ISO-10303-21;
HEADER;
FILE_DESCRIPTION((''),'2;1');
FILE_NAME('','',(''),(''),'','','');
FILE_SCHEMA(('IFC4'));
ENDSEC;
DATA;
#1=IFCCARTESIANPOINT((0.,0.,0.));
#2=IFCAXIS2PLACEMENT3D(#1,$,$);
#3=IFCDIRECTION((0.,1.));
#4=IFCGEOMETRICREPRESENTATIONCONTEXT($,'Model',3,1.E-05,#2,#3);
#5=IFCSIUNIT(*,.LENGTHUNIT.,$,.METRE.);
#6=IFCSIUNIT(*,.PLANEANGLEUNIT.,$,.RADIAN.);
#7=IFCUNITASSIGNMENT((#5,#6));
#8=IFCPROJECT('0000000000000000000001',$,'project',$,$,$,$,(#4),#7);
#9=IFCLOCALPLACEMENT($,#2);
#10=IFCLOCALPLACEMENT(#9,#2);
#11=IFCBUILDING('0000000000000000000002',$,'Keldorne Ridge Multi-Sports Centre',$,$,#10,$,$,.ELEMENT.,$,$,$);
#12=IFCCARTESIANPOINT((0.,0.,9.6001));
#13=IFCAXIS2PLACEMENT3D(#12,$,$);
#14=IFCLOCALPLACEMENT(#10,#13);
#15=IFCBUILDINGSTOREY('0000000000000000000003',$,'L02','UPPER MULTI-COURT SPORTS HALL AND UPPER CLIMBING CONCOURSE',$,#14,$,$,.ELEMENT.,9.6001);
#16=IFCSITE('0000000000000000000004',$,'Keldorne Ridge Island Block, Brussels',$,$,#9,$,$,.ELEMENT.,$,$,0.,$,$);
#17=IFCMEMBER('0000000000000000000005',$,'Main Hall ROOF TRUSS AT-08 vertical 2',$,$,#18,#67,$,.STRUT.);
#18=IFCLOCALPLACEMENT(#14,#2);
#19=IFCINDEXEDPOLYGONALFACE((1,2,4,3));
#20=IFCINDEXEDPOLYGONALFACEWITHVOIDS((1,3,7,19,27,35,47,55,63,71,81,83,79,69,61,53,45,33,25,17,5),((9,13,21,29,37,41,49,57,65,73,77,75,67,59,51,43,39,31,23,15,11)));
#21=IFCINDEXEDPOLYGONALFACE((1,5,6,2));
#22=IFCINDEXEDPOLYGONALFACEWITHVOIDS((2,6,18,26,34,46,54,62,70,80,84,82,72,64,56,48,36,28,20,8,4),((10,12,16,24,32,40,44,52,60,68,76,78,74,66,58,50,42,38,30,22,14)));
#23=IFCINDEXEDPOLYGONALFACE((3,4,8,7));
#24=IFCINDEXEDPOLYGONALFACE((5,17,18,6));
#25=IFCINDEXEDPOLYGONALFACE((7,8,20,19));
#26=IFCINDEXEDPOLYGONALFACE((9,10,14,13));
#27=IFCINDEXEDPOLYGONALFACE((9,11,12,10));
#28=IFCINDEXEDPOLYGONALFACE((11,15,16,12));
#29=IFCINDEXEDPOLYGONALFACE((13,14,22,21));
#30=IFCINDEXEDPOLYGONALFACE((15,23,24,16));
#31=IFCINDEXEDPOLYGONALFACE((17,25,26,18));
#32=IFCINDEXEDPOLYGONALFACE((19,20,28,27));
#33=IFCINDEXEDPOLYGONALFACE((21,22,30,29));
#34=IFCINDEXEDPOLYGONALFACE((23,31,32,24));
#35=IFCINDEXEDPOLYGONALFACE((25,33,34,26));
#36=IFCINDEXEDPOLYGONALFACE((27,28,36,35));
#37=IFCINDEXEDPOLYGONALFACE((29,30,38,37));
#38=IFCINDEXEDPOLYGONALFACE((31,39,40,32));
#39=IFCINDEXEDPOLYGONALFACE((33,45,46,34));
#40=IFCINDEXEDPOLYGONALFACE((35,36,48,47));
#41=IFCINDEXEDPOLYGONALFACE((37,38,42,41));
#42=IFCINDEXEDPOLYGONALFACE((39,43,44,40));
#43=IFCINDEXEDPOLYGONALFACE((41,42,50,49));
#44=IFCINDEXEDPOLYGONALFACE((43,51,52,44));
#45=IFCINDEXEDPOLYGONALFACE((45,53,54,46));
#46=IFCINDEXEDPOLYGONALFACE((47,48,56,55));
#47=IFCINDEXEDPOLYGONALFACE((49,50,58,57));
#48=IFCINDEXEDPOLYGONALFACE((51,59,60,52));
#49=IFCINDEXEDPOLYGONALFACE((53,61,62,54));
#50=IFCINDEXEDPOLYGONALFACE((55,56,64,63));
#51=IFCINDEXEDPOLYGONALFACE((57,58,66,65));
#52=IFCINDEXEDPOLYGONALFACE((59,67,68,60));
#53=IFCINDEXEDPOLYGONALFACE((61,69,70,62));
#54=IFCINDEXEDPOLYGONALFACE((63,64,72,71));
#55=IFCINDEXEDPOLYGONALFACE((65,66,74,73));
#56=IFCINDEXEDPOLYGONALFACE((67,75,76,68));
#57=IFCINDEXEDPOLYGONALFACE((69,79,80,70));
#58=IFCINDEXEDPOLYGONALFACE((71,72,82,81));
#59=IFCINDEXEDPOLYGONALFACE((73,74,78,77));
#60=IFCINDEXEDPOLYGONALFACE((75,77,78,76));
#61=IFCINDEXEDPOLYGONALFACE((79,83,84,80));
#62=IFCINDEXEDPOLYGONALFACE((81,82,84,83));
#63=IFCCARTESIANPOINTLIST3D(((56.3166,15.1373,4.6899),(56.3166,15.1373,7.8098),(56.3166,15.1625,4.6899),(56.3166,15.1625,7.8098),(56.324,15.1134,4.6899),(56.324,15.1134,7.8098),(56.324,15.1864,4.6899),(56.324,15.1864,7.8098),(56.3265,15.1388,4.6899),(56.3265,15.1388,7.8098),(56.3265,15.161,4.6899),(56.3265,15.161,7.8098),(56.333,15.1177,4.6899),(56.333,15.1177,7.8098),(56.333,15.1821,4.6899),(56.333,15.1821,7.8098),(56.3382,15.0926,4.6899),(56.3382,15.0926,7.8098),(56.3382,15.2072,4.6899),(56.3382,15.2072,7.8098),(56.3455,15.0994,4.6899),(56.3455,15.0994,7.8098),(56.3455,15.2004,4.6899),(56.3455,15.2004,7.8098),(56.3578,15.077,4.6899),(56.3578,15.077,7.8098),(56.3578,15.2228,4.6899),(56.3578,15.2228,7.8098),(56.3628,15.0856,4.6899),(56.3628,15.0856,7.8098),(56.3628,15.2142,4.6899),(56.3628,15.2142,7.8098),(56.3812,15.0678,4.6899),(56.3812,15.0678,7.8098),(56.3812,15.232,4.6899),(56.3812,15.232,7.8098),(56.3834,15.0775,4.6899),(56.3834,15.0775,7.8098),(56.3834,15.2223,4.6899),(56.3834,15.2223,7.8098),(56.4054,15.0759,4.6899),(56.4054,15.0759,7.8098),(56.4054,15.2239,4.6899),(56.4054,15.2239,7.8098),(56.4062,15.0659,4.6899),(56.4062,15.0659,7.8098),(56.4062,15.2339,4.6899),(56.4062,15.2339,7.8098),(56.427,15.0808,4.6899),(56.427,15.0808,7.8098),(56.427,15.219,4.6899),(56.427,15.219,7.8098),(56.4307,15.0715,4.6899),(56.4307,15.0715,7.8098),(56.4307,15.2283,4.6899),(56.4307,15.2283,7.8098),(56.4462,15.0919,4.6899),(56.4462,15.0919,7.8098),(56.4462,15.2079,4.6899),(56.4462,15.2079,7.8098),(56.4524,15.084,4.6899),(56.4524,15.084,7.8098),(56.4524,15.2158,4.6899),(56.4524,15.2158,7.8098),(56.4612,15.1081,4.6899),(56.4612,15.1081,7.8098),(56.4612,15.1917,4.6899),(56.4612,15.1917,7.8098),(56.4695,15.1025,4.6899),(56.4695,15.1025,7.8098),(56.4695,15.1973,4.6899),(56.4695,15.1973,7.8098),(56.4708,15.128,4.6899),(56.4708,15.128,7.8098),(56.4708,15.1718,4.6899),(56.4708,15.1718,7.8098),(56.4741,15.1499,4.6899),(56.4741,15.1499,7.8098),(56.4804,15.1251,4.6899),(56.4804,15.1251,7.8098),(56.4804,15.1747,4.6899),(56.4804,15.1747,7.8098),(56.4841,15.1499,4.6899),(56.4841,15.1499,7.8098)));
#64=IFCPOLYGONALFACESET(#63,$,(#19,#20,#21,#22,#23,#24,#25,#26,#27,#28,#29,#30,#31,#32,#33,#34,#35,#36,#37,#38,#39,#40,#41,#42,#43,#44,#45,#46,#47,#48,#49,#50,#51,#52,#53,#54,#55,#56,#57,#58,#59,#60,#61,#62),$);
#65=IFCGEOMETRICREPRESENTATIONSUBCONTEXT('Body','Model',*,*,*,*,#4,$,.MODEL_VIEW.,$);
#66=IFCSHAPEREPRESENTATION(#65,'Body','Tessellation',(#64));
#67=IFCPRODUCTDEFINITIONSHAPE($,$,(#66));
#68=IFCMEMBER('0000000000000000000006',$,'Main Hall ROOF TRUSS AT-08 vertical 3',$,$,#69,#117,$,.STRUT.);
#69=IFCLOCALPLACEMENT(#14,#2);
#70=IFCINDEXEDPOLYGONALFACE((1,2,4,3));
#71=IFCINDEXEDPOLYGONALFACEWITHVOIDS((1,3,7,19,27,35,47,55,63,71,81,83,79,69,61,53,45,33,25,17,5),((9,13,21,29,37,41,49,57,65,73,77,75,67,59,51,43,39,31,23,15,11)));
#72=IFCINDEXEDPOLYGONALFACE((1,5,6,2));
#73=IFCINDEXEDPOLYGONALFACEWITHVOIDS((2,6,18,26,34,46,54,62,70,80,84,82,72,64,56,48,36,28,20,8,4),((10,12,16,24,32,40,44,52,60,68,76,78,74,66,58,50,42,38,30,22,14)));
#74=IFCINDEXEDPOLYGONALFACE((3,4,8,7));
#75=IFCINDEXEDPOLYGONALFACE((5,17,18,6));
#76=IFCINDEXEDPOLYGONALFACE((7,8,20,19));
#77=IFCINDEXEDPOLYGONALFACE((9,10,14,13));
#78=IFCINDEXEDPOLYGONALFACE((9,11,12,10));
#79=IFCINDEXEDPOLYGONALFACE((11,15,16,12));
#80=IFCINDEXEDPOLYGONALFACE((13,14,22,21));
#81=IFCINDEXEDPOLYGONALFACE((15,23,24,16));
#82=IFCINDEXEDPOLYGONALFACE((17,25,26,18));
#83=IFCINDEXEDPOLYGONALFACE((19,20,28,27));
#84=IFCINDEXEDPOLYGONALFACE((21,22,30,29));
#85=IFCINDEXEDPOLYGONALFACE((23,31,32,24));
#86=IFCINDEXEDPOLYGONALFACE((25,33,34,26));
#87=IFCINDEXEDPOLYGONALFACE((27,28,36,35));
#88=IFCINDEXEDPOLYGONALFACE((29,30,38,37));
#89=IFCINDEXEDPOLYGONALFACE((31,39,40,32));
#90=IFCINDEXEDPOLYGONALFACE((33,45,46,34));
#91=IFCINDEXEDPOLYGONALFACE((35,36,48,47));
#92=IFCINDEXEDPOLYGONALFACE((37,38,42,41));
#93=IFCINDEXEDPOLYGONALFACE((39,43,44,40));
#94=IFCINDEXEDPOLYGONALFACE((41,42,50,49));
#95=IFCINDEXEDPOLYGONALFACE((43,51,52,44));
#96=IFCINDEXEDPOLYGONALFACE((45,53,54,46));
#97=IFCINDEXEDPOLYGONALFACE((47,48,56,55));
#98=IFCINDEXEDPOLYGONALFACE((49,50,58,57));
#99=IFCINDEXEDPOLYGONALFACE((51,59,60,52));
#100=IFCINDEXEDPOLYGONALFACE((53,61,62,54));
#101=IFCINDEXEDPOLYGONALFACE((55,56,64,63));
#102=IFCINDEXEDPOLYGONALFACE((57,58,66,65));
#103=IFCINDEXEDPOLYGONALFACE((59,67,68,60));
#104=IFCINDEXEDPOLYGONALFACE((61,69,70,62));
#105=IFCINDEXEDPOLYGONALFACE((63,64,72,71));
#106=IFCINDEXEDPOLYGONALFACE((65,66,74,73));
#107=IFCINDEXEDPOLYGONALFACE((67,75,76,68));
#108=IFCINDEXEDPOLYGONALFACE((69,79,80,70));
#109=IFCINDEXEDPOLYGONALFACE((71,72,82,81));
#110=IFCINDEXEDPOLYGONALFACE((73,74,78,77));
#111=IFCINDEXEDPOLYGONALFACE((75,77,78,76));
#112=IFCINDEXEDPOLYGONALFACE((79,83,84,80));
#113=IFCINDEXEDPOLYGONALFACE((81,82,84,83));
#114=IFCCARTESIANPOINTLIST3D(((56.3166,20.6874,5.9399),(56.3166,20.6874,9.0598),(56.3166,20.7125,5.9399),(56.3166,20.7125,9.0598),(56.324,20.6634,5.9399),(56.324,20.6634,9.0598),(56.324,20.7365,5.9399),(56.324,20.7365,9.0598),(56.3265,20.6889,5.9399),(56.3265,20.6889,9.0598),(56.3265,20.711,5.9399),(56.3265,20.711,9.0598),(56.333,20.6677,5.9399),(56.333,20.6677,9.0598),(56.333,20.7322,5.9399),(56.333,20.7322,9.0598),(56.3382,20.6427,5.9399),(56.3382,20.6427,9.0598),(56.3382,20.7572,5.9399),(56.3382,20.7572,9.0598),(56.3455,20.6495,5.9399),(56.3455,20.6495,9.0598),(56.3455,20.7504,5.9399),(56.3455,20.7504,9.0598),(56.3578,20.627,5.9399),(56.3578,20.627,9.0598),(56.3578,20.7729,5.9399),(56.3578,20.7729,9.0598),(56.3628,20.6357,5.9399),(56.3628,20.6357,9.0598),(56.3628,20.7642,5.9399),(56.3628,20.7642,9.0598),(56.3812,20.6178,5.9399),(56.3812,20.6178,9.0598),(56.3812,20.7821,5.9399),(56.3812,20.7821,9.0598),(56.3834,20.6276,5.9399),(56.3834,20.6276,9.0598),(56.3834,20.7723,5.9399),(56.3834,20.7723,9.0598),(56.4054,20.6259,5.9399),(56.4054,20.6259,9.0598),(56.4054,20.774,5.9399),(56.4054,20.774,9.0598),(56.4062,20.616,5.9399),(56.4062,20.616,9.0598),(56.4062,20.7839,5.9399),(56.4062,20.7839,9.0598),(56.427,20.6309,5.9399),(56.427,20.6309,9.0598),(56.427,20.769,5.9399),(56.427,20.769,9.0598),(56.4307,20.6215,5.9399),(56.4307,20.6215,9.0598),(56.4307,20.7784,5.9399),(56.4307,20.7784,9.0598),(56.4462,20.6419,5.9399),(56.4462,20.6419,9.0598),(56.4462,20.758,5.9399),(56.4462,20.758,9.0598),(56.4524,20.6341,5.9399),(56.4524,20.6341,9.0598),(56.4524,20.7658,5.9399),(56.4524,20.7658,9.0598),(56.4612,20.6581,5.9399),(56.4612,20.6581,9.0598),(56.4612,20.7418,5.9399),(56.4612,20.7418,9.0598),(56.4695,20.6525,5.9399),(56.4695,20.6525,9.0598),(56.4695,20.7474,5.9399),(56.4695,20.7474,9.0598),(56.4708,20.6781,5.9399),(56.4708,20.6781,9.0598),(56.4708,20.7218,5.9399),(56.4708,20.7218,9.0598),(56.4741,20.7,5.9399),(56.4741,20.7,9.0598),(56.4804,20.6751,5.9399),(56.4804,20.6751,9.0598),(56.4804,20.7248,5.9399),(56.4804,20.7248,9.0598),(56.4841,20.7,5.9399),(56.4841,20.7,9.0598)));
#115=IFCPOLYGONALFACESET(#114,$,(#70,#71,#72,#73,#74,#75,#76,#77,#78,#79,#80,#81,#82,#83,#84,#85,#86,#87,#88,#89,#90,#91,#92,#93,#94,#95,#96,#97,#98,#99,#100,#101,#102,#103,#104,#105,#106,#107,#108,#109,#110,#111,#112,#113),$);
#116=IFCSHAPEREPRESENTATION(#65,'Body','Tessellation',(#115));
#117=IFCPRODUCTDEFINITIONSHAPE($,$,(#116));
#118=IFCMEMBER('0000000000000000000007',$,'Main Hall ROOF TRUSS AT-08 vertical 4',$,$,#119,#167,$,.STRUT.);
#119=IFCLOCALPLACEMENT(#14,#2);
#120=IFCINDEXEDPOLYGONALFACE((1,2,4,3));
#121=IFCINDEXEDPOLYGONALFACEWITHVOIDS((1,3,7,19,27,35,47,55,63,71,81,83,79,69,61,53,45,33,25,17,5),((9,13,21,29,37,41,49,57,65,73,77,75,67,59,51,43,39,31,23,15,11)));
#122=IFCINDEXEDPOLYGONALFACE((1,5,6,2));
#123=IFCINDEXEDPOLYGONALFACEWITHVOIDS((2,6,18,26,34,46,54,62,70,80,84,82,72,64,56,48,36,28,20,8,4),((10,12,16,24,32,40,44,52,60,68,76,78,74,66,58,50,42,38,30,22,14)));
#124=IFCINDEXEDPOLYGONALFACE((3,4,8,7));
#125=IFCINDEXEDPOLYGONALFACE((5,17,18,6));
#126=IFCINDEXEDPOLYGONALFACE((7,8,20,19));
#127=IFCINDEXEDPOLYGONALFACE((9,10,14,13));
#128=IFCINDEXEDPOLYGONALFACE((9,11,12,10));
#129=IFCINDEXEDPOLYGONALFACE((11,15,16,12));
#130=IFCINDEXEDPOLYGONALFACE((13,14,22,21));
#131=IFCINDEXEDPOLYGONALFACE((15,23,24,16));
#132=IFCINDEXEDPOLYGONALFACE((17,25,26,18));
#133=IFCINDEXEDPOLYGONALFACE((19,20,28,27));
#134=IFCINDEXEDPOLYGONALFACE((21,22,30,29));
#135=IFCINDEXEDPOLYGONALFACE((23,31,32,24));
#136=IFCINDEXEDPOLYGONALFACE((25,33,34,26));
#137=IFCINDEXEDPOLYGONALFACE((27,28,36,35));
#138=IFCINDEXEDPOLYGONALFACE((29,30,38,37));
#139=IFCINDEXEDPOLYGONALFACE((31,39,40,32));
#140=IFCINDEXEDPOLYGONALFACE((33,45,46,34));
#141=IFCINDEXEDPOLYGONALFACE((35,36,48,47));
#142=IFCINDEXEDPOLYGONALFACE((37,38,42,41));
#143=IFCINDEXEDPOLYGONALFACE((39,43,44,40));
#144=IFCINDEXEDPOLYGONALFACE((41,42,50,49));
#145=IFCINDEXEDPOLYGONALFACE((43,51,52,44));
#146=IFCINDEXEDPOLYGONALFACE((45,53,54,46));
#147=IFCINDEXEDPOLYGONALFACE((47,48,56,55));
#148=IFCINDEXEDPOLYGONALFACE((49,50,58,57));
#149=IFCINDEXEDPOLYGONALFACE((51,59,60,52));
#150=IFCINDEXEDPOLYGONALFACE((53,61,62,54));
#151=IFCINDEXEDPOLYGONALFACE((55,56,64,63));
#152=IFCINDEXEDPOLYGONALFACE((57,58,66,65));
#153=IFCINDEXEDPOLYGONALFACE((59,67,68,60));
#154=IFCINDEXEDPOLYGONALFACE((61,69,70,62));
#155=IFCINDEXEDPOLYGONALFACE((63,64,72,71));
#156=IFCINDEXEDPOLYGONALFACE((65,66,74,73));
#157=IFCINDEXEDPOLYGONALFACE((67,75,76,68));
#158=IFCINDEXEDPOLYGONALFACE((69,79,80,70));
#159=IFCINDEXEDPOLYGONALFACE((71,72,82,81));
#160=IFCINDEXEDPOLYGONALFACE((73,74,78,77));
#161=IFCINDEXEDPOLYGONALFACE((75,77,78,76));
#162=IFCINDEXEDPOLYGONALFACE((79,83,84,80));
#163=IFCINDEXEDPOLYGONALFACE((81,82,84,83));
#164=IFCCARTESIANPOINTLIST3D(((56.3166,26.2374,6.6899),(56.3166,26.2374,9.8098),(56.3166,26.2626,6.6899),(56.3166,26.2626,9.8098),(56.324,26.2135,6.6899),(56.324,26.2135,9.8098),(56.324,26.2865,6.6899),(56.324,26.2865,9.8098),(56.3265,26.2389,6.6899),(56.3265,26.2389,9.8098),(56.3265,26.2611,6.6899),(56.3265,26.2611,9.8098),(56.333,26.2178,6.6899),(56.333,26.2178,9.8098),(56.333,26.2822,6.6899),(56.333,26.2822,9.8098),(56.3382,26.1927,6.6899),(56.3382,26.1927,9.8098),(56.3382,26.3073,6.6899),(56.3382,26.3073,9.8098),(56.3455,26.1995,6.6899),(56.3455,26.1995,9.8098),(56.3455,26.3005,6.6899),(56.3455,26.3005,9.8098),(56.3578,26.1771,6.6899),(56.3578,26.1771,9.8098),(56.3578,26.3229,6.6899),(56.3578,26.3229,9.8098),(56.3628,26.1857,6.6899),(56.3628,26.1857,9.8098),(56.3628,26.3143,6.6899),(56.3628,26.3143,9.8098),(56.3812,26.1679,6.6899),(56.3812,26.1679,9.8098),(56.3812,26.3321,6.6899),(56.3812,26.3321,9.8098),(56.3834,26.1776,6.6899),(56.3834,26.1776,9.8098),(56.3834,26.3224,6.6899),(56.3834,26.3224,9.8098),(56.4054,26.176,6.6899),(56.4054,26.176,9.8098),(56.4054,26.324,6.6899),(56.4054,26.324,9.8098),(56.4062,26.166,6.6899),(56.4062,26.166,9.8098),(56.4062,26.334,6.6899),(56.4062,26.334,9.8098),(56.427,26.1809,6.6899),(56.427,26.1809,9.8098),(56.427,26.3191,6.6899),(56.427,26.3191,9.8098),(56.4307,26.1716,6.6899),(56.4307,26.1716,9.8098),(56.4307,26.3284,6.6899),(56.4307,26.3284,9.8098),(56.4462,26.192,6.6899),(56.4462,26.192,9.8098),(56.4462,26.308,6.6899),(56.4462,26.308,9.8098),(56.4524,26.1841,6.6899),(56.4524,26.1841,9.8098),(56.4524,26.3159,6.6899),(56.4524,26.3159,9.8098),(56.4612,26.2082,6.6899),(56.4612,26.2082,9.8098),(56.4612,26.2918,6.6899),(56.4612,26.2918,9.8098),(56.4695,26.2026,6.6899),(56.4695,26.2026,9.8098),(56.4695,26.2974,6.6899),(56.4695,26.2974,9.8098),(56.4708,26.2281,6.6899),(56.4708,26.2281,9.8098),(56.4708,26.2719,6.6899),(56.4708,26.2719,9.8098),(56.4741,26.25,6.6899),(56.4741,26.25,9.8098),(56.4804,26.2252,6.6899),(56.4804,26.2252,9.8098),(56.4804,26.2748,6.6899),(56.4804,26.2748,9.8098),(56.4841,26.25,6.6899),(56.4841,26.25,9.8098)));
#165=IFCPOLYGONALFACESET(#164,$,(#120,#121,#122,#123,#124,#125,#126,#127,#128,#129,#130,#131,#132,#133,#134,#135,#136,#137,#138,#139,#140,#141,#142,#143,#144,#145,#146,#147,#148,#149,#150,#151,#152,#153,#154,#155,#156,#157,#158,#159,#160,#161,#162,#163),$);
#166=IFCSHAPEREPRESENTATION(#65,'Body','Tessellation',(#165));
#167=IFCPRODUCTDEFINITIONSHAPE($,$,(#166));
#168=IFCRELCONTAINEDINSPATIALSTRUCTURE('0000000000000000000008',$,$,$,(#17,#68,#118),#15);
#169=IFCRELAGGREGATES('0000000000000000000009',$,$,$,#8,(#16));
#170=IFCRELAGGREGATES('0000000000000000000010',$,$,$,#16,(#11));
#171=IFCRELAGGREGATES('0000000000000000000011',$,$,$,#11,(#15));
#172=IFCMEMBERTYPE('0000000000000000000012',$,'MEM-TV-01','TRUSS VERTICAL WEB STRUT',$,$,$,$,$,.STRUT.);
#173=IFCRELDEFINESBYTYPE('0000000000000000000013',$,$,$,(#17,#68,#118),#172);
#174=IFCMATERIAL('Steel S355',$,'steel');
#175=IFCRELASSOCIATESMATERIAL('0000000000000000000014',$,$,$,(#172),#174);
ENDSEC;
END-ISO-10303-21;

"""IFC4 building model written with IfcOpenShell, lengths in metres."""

from ifc_helpers import new_model, si_unit, direction, frame, origin, origin_2d, place, context, subcontext, project, spatial, hollow_circle, extrude, material, material_profile, profile_set, type_object, element, save


model = new_model("IFC4")

# Units and contexts
model_context = context("Model", 3, precision=1e-05, world=origin(), true_north=direction((0.0, 1.0)))
body_context = subcontext(model_context, "Body", "Model", "MODEL_VIEW")
ifc_project = project(units=[si_unit("LENGTHUNIT", "METRE"), si_unit("PLANEANGLEUNIT", "RADIAN")], contexts=[model_context])

# Site, building, storey
site_placement = place(None, origin())
site = spatial("IfcSite", under=ifc_project, at=site_placement, Name="Keldorne Ridge Island Block, Brussels", CompositionType="ELEMENT", RefElevation=0.0)
building_placement = place(site_placement, origin())
building = spatial("IfcBuilding", under=site, at=building_placement, Name="Keldorne Ridge Multi-Sports Centre", CompositionType="ELEMENT")
storey_placement = place(building_placement, frame((0.0, 0.0, 9.6001)))
storey = spatial("IfcBuildingStorey", under=building, at=storey_placement, Name="L02", Description="UPPER MULTI-COURT SPORTS HALL AND UPPER CLIMBING CONCOURSE", CompositionType="ELEMENT", Elevation=9.6001)

# Shared definitions
ifc_material_1 = material(Name="Steel S355", Category="steel")

# Members
ifc_material_profile_1 = material_profile(ifc_material_1, hollow_circle(Radius=0.0842, WallThickness=0.01, at=origin_2d()), Name="CHS 168.3x10")
ifc_profile_set_1 = profile_set([ifc_material_profile_1], Name="Steel S355")
member_type_1 = type_object("IfcMemberType", Name="MEM-TV-01", Description="TRUSS VERTICAL WEB STRUT", PredefinedType="STRUT", material=ifc_profile_set_1)
for number, where, z_axis, x_axis, name in (
    (1, (56.3999, 15.1499, 4.6899), (0.0, 0.0, 1.0), (1.0, 0.0, 0.0), "Main Hall ROOF TRUSS AT-08 vertical 2"),
    (2, (56.3999, 20.7, 5.9399), (0.0, 0.0, 1.0), (1.0, 0.0, 0.0), "Main Hall ROOF TRUSS AT-08 vertical 3"),
    (3, (56.3999, 26.25, 6.6899), (0.0, 0.0, 1.0), (1.0, 0.0, 0.0), "Main Hall ROOF TRUSS AT-08 vertical 4"),
):
    element("IfcMember", number, at=place(storey_placement, frame(where, z_axis=z_axis, x_axis=x_axis)), inside=storey, type_object=member_type_1, Name=name, PredefinedType="STRUT", context=body_context, shape_type="SweptSolid", body=[
        extrude(hollow_circle(Radius=0.0842, WallThickness=0.01, at=origin_2d()), origin(), (0.0, 0.0, 1.0), 3.1199),
    ])

save(model, "model.ifc")
